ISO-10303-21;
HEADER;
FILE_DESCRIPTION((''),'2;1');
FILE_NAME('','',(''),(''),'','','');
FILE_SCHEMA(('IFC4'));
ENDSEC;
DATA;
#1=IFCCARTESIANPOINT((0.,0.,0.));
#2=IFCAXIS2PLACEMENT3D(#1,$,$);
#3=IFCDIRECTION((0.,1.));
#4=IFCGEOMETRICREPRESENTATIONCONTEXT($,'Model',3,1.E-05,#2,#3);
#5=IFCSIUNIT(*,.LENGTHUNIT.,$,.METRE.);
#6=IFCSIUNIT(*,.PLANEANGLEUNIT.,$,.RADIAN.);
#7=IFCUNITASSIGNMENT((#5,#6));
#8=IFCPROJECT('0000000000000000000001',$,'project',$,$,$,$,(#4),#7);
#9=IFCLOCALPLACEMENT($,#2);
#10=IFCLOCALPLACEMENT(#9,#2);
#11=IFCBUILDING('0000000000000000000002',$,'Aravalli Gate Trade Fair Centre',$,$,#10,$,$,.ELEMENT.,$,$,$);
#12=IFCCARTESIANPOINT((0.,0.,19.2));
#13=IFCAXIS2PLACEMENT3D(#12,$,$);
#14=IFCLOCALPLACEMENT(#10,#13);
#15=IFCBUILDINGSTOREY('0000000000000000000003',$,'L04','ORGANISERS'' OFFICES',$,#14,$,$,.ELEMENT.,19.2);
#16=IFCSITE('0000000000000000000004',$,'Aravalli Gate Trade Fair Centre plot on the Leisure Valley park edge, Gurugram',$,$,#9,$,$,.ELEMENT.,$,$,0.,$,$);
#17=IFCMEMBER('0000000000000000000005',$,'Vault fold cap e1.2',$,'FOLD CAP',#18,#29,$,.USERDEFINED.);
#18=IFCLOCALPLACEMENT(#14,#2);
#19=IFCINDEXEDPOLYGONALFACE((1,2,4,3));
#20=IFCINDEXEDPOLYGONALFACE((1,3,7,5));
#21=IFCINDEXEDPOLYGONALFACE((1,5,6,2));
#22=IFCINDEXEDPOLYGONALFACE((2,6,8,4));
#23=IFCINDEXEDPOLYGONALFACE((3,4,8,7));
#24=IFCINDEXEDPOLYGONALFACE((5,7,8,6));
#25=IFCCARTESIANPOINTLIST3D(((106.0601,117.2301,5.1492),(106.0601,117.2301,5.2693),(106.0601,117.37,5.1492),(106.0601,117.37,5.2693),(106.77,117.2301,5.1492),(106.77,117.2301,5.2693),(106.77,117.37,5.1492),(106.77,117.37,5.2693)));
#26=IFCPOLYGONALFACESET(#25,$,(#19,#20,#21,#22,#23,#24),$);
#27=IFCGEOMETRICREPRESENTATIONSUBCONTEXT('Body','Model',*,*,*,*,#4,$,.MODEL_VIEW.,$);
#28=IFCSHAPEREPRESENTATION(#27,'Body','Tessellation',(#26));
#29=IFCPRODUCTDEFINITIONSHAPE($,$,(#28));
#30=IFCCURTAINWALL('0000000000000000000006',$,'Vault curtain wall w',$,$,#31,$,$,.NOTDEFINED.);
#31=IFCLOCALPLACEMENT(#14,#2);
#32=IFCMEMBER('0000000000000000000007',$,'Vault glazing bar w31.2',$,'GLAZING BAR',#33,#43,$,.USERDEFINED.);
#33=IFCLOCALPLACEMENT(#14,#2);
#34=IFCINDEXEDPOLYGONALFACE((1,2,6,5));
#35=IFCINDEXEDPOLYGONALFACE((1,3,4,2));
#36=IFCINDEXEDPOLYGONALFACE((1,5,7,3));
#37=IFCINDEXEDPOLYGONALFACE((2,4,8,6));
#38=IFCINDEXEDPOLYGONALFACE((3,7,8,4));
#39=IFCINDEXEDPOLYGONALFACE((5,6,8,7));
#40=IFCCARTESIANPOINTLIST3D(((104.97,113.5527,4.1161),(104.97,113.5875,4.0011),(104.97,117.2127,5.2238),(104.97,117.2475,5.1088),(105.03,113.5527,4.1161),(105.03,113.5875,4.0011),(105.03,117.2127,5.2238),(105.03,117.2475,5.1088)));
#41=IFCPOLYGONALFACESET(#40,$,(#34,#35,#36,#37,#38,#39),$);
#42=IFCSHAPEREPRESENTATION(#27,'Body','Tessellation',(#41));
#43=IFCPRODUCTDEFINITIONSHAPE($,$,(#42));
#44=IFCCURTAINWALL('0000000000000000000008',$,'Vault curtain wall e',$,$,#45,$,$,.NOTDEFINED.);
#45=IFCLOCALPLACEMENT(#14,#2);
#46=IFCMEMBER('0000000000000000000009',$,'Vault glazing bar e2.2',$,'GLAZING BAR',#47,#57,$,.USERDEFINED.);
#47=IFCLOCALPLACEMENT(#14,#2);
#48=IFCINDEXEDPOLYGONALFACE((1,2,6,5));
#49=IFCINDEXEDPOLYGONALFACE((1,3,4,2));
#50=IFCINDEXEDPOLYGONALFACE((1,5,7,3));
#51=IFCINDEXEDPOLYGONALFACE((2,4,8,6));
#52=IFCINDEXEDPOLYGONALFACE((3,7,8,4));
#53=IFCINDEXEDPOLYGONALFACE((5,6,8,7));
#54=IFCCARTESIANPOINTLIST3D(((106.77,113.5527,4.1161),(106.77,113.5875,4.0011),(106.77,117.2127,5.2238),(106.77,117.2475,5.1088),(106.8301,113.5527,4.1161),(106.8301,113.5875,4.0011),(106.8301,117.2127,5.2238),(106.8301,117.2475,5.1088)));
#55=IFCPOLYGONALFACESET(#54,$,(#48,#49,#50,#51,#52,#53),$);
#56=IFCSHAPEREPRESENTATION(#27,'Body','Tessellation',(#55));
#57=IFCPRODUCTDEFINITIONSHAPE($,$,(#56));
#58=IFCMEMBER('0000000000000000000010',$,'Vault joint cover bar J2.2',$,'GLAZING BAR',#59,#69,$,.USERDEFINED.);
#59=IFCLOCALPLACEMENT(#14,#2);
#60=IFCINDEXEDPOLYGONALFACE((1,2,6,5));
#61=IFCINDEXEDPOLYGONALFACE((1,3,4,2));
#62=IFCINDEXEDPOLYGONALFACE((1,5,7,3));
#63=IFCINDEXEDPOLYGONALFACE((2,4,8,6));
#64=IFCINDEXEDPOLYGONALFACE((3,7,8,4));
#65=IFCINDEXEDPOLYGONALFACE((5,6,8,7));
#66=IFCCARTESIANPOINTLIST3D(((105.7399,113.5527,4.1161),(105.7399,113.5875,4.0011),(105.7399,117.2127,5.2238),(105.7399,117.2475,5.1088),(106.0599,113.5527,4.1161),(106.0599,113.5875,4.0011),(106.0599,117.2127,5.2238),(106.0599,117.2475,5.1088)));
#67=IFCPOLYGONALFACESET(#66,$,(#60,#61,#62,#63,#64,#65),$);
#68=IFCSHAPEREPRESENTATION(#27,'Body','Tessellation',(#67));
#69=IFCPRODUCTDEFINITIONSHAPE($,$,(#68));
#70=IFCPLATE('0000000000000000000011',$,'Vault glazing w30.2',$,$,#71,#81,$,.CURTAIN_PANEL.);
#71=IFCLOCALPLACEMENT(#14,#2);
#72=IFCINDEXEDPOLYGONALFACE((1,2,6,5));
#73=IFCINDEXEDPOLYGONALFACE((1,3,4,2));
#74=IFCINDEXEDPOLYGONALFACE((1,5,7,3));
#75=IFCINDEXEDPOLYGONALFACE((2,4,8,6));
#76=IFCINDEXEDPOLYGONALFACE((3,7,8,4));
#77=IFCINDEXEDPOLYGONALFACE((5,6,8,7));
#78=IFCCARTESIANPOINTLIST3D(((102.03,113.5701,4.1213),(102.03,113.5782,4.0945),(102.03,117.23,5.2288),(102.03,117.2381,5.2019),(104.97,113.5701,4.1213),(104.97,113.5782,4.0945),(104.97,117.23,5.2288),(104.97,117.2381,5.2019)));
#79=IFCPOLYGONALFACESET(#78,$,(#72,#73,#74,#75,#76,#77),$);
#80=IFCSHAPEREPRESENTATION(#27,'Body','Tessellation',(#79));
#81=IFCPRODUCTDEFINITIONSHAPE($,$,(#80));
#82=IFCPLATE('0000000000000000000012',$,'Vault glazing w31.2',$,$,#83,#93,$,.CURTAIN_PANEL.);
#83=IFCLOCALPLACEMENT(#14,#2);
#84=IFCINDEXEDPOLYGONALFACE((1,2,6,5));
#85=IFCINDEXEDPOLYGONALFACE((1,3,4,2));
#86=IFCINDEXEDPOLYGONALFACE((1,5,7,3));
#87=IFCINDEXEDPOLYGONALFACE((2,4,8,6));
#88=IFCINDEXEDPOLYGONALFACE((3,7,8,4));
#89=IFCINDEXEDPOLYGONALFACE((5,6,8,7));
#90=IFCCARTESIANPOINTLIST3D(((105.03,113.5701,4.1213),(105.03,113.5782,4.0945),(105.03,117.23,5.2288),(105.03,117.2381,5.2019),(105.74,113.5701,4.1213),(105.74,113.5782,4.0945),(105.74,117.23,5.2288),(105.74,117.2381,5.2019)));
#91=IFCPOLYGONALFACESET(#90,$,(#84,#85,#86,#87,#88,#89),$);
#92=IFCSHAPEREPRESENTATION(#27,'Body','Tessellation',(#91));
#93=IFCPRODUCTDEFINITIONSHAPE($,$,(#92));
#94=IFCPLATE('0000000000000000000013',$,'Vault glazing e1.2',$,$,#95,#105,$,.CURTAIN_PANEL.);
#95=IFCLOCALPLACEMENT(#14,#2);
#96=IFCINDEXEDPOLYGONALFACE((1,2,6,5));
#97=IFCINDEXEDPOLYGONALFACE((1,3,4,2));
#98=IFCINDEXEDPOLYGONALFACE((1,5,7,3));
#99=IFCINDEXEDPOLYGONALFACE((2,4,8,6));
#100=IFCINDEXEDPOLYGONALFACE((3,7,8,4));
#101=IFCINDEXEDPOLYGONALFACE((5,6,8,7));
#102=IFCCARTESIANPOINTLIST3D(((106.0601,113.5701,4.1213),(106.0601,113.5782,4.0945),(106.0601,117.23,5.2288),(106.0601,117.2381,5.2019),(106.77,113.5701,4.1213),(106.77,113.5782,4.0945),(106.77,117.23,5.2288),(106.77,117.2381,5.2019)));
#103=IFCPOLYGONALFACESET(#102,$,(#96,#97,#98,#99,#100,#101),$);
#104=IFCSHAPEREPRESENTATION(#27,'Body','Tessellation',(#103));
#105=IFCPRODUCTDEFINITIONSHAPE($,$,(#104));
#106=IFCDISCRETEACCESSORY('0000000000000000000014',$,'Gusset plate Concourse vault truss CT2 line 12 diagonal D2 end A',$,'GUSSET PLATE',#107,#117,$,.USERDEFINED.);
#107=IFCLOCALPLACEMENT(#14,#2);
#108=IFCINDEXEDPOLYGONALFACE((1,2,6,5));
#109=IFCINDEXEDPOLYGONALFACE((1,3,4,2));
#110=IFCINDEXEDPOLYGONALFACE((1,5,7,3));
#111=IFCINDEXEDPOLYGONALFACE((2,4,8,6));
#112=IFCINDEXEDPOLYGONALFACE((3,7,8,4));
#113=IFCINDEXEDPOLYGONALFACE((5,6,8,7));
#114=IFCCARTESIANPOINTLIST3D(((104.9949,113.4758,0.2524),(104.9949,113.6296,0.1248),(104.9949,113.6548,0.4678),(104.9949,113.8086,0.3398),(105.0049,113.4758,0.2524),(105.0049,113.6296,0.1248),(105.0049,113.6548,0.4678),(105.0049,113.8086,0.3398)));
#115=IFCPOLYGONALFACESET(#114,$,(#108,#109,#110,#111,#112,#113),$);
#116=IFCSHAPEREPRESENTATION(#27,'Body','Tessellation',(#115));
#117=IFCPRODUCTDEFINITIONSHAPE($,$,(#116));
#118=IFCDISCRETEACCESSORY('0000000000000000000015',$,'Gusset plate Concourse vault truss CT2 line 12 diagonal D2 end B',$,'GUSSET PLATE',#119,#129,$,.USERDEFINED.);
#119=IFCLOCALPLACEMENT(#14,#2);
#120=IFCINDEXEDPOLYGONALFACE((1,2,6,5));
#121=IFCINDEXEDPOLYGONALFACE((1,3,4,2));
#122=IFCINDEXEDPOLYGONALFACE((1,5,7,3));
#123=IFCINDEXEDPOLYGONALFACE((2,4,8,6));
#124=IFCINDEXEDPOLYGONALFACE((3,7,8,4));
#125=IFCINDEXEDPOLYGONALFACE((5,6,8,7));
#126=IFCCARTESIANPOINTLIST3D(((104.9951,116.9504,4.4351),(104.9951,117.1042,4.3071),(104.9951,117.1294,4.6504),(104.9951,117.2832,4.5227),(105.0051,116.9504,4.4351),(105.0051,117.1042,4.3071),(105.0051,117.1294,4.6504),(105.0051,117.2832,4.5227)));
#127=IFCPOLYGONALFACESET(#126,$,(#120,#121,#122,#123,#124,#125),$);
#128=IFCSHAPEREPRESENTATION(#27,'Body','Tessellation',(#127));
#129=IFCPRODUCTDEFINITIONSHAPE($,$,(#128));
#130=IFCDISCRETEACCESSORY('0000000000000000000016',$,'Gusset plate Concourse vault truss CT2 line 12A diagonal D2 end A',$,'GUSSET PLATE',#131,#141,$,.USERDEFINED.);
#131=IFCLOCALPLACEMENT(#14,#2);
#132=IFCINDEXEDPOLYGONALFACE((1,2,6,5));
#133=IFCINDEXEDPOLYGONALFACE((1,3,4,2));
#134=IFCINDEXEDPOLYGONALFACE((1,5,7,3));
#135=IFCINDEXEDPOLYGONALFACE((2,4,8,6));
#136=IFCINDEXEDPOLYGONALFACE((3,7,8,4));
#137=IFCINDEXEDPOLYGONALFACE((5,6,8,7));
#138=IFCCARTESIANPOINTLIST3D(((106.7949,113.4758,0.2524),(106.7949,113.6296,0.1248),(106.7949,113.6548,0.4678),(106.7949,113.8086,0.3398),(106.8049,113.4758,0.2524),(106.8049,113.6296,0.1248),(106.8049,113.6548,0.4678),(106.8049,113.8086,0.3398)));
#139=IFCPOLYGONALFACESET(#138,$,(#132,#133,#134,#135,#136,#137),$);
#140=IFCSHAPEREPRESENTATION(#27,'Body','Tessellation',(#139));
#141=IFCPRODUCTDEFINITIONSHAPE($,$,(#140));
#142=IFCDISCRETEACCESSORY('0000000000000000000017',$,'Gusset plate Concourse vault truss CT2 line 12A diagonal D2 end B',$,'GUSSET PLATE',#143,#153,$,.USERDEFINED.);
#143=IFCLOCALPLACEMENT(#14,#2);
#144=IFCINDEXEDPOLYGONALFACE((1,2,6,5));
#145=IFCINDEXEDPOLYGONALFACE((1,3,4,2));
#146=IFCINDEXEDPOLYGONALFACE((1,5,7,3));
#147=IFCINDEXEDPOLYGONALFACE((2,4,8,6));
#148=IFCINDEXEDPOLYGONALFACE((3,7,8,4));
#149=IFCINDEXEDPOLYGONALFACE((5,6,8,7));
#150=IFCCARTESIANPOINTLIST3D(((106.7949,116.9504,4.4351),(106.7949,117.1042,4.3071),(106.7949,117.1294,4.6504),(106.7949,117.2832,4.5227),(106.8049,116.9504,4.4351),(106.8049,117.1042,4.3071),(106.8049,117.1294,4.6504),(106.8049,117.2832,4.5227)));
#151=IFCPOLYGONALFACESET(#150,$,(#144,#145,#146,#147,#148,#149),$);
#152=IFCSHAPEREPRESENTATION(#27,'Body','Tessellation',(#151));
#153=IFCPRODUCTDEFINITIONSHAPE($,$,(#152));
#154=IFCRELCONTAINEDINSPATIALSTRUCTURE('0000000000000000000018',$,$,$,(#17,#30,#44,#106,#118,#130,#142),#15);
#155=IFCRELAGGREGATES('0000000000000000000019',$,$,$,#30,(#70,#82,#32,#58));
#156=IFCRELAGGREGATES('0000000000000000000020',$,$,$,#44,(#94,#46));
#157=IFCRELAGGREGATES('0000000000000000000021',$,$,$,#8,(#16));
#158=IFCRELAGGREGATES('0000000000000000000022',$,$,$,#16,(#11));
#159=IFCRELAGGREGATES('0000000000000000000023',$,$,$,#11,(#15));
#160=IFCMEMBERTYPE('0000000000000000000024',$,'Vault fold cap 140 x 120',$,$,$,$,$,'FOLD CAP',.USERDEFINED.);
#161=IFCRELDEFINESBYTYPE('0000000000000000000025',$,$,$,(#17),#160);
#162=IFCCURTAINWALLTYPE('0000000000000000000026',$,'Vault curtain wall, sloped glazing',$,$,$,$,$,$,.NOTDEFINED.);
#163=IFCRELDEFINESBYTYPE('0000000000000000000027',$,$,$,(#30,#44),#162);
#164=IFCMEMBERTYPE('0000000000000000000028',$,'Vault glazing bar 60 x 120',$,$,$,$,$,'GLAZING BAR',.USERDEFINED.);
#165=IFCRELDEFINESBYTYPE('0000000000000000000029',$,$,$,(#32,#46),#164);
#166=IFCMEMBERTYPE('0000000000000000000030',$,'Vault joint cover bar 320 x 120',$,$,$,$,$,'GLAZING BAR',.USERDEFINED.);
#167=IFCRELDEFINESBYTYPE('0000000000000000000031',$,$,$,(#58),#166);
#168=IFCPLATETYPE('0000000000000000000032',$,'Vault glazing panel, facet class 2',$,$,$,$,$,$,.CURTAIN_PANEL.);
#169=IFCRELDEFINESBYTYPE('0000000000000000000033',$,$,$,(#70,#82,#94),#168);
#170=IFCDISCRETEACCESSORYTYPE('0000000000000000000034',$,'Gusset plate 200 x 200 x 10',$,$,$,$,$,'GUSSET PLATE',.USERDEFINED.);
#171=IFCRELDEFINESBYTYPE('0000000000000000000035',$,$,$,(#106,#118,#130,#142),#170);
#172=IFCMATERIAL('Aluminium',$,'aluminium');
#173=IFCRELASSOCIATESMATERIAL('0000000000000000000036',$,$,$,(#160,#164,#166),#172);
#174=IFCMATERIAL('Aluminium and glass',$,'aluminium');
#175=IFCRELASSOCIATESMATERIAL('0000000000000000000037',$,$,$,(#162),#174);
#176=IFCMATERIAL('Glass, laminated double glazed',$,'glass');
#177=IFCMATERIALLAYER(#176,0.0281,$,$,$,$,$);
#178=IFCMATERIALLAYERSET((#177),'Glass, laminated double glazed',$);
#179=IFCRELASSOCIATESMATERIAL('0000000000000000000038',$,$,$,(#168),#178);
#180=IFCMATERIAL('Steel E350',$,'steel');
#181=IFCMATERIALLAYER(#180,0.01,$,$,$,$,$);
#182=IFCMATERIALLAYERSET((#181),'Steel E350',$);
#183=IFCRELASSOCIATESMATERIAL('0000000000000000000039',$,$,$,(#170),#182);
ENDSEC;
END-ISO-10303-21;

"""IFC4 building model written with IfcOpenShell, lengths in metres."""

from ifc_helpers import new_model, si_unit, direction, frame, origin, origin_2d, place, context, subcontext, project, spatial, polyline, rectangle, outline, extrude, material, layer, layer_set, material_profile, profile_set, type_object, element, aggregate, save


model = new_model("IFC4")

# Units and contexts
model_context = context("Model", 3, precision=1e-05, world=origin(), true_north=direction((0.0, 1.0)))
body_context = subcontext(model_context, "Body", "Model", "MODEL_VIEW")
ifc_project = project(units=[si_unit("LENGTHUNIT", "METRE"), si_unit("PLANEANGLEUNIT", "RADIAN")], contexts=[model_context])

# Site, building, storey
site_placement = place(None, origin())
site = spatial("IfcSite", under=ifc_project, at=site_placement, Name="Aravalli Gate Trade Fair Centre plot on the Leisure Valley park edge, Gurugram", CompositionType="ELEMENT", RefElevation=0.0)
building_placement = place(site_placement, origin())
building = spatial("IfcBuilding", under=site, at=building_placement, Name="Aravalli Gate Trade Fair Centre", CompositionType="ELEMENT")
storey_placement = place(building_placement, frame((0.0, 0.0, 19.2)))
storey = spatial("IfcBuildingStorey", under=building, at=storey_placement, Name="L04", Description="ORGANISERS' OFFICES", CompositionType="ELEMENT", Elevation=19.2)

# Member
ifc_material_1 = material(Name="Steel E350", Category="steel")
ifc_material_2 = material(Name="Aluminium", Category="aluminium")
ifc_material_profile_1 = material_profile(ifc_material_2, rectangle(XDim=0.1399, YDim=0.1201, at=origin_2d()), Name="Vault fold cap 140 x 120")
ifc_profile_set_1 = profile_set([ifc_material_profile_1], Name="Aluminium")
member_type_1 = type_object("IfcMemberType", Name="Vault fold cap 140 x 120", ElementType="FOLD CAP", PredefinedType="USERDEFINED", material=ifc_profile_set_1)
for number, where, z_axis, x_axis, name in (
    (1, (106.0601, 117.3, 5.2092), (1.0, 0.0, 0.0), (0.0, 1.0, 0.0), "Vault fold cap e1.2"),
):
    element("IfcMember", number, at=place(storey_placement, frame(where, z_axis=z_axis, x_axis=x_axis)), inside=storey, type_object=member_type_1, Name=name, ObjectType="FOLD CAP", PredefinedType="USERDEFINED", context=body_context, shape_type="SweptSolid", body=[
        extrude(rectangle(XDim=0.1399, YDim=0.1201, at=origin_2d()), origin(), (0.0, 0.0, 1.0), 0.71),
    ])

# Curtain walls, members
ifc_material_3 = material(Name="Aluminium and glass", Category="aluminium")
curtain_wall_type = type_object("IfcCurtainWallType", Name="Vault curtain wall, sloped glazing", PredefinedType="NOTDEFINED", material=ifc_material_3)
curtain_wall_1_placement = place(storey_placement, origin())
curtain_wall_1 = element("IfcCurtainWall", 2, at=curtain_wall_1_placement, inside=storey, type_object=curtain_wall_type, Name="Vault curtain wall w", PredefinedType="NOTDEFINED")
ifc_material_profile_2 = material_profile(ifc_material_2, rectangle(XDim=0.0601, YDim=0.1201, at=origin_2d()), Name="Vault glazing bar 60 x 120")
ifc_profile_set_2 = profile_set([ifc_material_profile_2], Name="Aluminium")
member_type_2 = type_object("IfcMemberType", Name="Vault glazing bar 60 x 120", ElementType="GLAZING BAR", PredefinedType="USERDEFINED", material=ifc_profile_set_2)
member_1_placement = place(storey_placement, frame((105.0, 113.5701, 4.0586), z_axis=(0.0, 0.957126, 0.289672), x_axis=(-1.0, 0.0, 0.0)))
member_1 = element("IfcMember", 3, at=member_1_placement, type_object=member_type_2, Name="Vault glazing bar w31.2", ObjectType="GLAZING BAR", PredefinedType="USERDEFINED", context=body_context, shape_type="SweptSolid", body=[
    extrude(rectangle(XDim=0.0601, YDim=0.1201, at=origin_2d()), origin(), (0.0, 0.0, 1.0), 3.824),
])
curtain_wall_2_placement = place(storey_placement, origin())
curtain_wall_2 = element("IfcCurtainWall", 4, at=curtain_wall_2_placement, inside=storey, type_object=curtain_wall_type, Name="Vault curtain wall e", PredefinedType="NOTDEFINED")
member_2_placement = place(storey_placement, frame((106.8, 113.5701, 4.0586), z_axis=(0.0, 0.957126, 0.289672), x_axis=(-1.0, 0.0, 0.0)))
member_2 = element("IfcMember", 5, at=member_2_placement, type_object=member_type_2, Name="Vault glazing bar e2.2", ObjectType="GLAZING BAR", PredefinedType="USERDEFINED", context=body_context, shape_type="SweptSolid", body=[
    extrude(rectangle(XDim=0.0601, YDim=0.1201, at=origin_2d()), origin(), (0.0, 0.0, 1.0), 3.824),
])

# Member
ifc_material_profile_3 = material_profile(ifc_material_2, rectangle(XDim=0.3201, YDim=0.1201, at=origin_2d()), Name="Vault joint cover bar 320 x 120")
ifc_profile_set_3 = profile_set([ifc_material_profile_3], Name="Aluminium")
member_type_3 = type_object("IfcMemberType", Name="Vault joint cover bar 320 x 120", ElementType="GLAZING BAR", PredefinedType="USERDEFINED", material=ifc_profile_set_3)
member_3_placement = place(storey_placement, frame((105.8999, 113.5701, 4.0586), z_axis=(0.0, 0.957126, 0.289672), x_axis=(-1.0, 0.0, 0.0)))
member_3 = element("IfcMember", 6, at=member_3_placement, type_object=member_type_3, Name="Vault joint cover bar J2.2", ObjectType="GLAZING BAR", PredefinedType="USERDEFINED", context=body_context, shape_type="SweptSolid", body=[
    extrude(rectangle(XDim=0.3201, YDim=0.1201, at=origin_2d()), origin(), (0.0, 0.0, 1.0), 3.824),
])

# Plates
ifc_material_4 = material(Name="Glass, laminated double glazed", Category="glass")
ifc_layer_1 = layer(ifc_material_4, 0.0281)
ifc_layer_set_1 = layer_set([ifc_layer_1], Name="Glass, laminated double glazed")
plate_type = type_object("IfcPlateType", Name="Vault glazing panel, facet class 2", PredefinedType="CURTAIN_PANEL", material=ifc_layer_set_1)
plate_1_placement = place(storey_placement, frame((102.03, 113.5701, 4.1213), z_axis=(0.0, -0.289614, 0.957144), x_axis=(1.0, 0.0, 0.0)))
plate_1 = element("IfcPlate", 7, at=plate_1_placement, type_object=plate_type, Name="Vault glazing w30.2", PredefinedType="CURTAIN_PANEL", context=body_context, shape_type="SweptSolid", body=[
    extrude(outline(polyline([(0.0, 0.0), (2.9399, 0.0), (2.9399, 3.8238), (0.0, 3.8238), (0.0, 0.0)])), origin(), (0.0, 0.0, -1.0), 0.0281),
])
plate_2_placement = place(storey_placement, frame((105.03, 113.5701, 4.1213), z_axis=(0.0, -0.289614, 0.957144), x_axis=(1.0, 0.0, 0.0)))
plate_2 = element("IfcPlate", 8, at=plate_2_placement, type_object=plate_type, Name="Vault glazing w31.2", PredefinedType="CURTAIN_PANEL", context=body_context, shape_type="SweptSolid", body=[
    extrude(outline(polyline([(0.0, 0.0), (0.71, 0.0), (0.71, 3.8238), (0.0, 3.8238), (0.0, 0.0)])), origin(), (0.0, 0.0, -1.0), 0.0281),
])
aggregate(curtain_wall_1, [plate_1, plate_2, member_1, member_3])
plate_3_placement = place(storey_placement, frame((106.0601, 113.5701, 4.1213), z_axis=(0.0, -0.289614, 0.957144), x_axis=(1.0, 0.0, 0.0)))
plate_3 = element("IfcPlate", 9, at=plate_3_placement, type_object=plate_type, Name="Vault glazing e1.2", PredefinedType="CURTAIN_PANEL", context=body_context, shape_type="SweptSolid", body=[
    extrude(outline(polyline([(0.0, 0.0), (0.71, 0.0), (0.71, 3.8238), (0.0, 3.8238), (0.0, 0.0)])), origin(), (0.0, 0.0, -1.0), 0.0281),
])
aggregate(curtain_wall_2, [plate_3, member_2])

# Discrete accessories
ifc_layer_2 = layer(ifc_material_1, 0.01)
ifc_layer_set_2 = layer_set([ifc_layer_2], Name="Steel E350")
discrete_accessory_type = type_object("IfcDiscreteAccessoryType", Name="Gusset plate 200 x 200 x 10", ElementType="GUSSET PLATE", PredefinedType="USERDEFINED", material=ifc_layer_set_2)
discrete_accessory_1_placement = place(storey_placement, frame((105.0049, 113.6548, 0.4678), z_axis=(1.0, 0.0, 0.0), x_axis=(0.0, -0.639155, -0.769078)))
element("IfcDiscreteAccessory", 10, at=discrete_accessory_1_placement, inside=storey, type_object=discrete_accessory_type, Name="Gusset plate Concourse vault truss CT2 line 12 diagonal D2 end A", ObjectType="GUSSET PLATE", PredefinedType="USERDEFINED", context=body_context, shape_type="SweptSolid", body=[
    extrude(outline(polyline([(0.0, 0.0), (0.28, 0.0), (0.2799, 0.1999), (0.0001, 0.2001), (0.0, 0.0)])), origin(), (0.0, 0.0, -1.0), 0.01),
])
discrete_accessory_2_placement = place(storey_placement, frame((104.9951, 116.9504, 4.4351), z_axis=(-1.0, 0.0, 0.0), x_axis=(0.0, 0.639155, 0.769078)))
element("IfcDiscreteAccessory", 11, at=discrete_accessory_2_placement, inside=storey, type_object=discrete_accessory_type, Name="Gusset plate Concourse vault truss CT2 line 12 diagonal D2 end B", ObjectType="GUSSET PLATE", PredefinedType="USERDEFINED", context=body_context, shape_type="SweptSolid", body=[
    extrude(outline(polyline([(0.0, 0.0), (0.28, 0.0), (0.2801, 0.1999), (-0.0001, 0.2001), (0.0, 0.0)])), origin(), (0.0, 0.0, -1.0), 0.01),
])
discrete_accessory_3_placement = place(storey_placement, frame((106.8049, 113.6548, 0.4678), z_axis=(1.0, 0.0, 0.0), x_axis=(0.0, -0.639155, -0.769078)))
element("IfcDiscreteAccessory", 12, at=discrete_accessory_3_placement, inside=storey, type_object=discrete_accessory_type, Name="Gusset plate Concourse vault truss CT2 line 12A diagonal D2 end A", ObjectType="GUSSET PLATE", PredefinedType="USERDEFINED", context=body_context, shape_type="SweptSolid", body=[
    extrude(outline(polyline([(0.0, 0.0), (0.28, 0.0), (0.2799, 0.1999), (0.0001, 0.2001), (0.0, 0.0)])), origin(), (0.0, 0.0, -1.0), 0.01),
])
discrete_accessory_4_placement = place(storey_placement, frame((106.7949, 116.9504, 4.4351), z_axis=(-1.0, 0.0, 0.0), x_axis=(0.0, 0.639155, 0.769078)))
element("IfcDiscreteAccessory", 13, at=discrete_accessory_4_placement, inside=storey, type_object=discrete_accessory_type, Name="Gusset plate Concourse vault truss CT2 line 12A diagonal D2 end B", ObjectType="GUSSET PLATE", PredefinedType="USERDEFINED", context=body_context, shape_type="SweptSolid", body=[
    extrude(outline(polyline([(0.0, 0.0), (0.28, 0.0), (0.2801, 0.1999), (-0.0001, 0.2001), (0.0, 0.0)])), origin(), (0.0, 0.0, -1.0), 0.01),
])

save(model, "model.ifc")
